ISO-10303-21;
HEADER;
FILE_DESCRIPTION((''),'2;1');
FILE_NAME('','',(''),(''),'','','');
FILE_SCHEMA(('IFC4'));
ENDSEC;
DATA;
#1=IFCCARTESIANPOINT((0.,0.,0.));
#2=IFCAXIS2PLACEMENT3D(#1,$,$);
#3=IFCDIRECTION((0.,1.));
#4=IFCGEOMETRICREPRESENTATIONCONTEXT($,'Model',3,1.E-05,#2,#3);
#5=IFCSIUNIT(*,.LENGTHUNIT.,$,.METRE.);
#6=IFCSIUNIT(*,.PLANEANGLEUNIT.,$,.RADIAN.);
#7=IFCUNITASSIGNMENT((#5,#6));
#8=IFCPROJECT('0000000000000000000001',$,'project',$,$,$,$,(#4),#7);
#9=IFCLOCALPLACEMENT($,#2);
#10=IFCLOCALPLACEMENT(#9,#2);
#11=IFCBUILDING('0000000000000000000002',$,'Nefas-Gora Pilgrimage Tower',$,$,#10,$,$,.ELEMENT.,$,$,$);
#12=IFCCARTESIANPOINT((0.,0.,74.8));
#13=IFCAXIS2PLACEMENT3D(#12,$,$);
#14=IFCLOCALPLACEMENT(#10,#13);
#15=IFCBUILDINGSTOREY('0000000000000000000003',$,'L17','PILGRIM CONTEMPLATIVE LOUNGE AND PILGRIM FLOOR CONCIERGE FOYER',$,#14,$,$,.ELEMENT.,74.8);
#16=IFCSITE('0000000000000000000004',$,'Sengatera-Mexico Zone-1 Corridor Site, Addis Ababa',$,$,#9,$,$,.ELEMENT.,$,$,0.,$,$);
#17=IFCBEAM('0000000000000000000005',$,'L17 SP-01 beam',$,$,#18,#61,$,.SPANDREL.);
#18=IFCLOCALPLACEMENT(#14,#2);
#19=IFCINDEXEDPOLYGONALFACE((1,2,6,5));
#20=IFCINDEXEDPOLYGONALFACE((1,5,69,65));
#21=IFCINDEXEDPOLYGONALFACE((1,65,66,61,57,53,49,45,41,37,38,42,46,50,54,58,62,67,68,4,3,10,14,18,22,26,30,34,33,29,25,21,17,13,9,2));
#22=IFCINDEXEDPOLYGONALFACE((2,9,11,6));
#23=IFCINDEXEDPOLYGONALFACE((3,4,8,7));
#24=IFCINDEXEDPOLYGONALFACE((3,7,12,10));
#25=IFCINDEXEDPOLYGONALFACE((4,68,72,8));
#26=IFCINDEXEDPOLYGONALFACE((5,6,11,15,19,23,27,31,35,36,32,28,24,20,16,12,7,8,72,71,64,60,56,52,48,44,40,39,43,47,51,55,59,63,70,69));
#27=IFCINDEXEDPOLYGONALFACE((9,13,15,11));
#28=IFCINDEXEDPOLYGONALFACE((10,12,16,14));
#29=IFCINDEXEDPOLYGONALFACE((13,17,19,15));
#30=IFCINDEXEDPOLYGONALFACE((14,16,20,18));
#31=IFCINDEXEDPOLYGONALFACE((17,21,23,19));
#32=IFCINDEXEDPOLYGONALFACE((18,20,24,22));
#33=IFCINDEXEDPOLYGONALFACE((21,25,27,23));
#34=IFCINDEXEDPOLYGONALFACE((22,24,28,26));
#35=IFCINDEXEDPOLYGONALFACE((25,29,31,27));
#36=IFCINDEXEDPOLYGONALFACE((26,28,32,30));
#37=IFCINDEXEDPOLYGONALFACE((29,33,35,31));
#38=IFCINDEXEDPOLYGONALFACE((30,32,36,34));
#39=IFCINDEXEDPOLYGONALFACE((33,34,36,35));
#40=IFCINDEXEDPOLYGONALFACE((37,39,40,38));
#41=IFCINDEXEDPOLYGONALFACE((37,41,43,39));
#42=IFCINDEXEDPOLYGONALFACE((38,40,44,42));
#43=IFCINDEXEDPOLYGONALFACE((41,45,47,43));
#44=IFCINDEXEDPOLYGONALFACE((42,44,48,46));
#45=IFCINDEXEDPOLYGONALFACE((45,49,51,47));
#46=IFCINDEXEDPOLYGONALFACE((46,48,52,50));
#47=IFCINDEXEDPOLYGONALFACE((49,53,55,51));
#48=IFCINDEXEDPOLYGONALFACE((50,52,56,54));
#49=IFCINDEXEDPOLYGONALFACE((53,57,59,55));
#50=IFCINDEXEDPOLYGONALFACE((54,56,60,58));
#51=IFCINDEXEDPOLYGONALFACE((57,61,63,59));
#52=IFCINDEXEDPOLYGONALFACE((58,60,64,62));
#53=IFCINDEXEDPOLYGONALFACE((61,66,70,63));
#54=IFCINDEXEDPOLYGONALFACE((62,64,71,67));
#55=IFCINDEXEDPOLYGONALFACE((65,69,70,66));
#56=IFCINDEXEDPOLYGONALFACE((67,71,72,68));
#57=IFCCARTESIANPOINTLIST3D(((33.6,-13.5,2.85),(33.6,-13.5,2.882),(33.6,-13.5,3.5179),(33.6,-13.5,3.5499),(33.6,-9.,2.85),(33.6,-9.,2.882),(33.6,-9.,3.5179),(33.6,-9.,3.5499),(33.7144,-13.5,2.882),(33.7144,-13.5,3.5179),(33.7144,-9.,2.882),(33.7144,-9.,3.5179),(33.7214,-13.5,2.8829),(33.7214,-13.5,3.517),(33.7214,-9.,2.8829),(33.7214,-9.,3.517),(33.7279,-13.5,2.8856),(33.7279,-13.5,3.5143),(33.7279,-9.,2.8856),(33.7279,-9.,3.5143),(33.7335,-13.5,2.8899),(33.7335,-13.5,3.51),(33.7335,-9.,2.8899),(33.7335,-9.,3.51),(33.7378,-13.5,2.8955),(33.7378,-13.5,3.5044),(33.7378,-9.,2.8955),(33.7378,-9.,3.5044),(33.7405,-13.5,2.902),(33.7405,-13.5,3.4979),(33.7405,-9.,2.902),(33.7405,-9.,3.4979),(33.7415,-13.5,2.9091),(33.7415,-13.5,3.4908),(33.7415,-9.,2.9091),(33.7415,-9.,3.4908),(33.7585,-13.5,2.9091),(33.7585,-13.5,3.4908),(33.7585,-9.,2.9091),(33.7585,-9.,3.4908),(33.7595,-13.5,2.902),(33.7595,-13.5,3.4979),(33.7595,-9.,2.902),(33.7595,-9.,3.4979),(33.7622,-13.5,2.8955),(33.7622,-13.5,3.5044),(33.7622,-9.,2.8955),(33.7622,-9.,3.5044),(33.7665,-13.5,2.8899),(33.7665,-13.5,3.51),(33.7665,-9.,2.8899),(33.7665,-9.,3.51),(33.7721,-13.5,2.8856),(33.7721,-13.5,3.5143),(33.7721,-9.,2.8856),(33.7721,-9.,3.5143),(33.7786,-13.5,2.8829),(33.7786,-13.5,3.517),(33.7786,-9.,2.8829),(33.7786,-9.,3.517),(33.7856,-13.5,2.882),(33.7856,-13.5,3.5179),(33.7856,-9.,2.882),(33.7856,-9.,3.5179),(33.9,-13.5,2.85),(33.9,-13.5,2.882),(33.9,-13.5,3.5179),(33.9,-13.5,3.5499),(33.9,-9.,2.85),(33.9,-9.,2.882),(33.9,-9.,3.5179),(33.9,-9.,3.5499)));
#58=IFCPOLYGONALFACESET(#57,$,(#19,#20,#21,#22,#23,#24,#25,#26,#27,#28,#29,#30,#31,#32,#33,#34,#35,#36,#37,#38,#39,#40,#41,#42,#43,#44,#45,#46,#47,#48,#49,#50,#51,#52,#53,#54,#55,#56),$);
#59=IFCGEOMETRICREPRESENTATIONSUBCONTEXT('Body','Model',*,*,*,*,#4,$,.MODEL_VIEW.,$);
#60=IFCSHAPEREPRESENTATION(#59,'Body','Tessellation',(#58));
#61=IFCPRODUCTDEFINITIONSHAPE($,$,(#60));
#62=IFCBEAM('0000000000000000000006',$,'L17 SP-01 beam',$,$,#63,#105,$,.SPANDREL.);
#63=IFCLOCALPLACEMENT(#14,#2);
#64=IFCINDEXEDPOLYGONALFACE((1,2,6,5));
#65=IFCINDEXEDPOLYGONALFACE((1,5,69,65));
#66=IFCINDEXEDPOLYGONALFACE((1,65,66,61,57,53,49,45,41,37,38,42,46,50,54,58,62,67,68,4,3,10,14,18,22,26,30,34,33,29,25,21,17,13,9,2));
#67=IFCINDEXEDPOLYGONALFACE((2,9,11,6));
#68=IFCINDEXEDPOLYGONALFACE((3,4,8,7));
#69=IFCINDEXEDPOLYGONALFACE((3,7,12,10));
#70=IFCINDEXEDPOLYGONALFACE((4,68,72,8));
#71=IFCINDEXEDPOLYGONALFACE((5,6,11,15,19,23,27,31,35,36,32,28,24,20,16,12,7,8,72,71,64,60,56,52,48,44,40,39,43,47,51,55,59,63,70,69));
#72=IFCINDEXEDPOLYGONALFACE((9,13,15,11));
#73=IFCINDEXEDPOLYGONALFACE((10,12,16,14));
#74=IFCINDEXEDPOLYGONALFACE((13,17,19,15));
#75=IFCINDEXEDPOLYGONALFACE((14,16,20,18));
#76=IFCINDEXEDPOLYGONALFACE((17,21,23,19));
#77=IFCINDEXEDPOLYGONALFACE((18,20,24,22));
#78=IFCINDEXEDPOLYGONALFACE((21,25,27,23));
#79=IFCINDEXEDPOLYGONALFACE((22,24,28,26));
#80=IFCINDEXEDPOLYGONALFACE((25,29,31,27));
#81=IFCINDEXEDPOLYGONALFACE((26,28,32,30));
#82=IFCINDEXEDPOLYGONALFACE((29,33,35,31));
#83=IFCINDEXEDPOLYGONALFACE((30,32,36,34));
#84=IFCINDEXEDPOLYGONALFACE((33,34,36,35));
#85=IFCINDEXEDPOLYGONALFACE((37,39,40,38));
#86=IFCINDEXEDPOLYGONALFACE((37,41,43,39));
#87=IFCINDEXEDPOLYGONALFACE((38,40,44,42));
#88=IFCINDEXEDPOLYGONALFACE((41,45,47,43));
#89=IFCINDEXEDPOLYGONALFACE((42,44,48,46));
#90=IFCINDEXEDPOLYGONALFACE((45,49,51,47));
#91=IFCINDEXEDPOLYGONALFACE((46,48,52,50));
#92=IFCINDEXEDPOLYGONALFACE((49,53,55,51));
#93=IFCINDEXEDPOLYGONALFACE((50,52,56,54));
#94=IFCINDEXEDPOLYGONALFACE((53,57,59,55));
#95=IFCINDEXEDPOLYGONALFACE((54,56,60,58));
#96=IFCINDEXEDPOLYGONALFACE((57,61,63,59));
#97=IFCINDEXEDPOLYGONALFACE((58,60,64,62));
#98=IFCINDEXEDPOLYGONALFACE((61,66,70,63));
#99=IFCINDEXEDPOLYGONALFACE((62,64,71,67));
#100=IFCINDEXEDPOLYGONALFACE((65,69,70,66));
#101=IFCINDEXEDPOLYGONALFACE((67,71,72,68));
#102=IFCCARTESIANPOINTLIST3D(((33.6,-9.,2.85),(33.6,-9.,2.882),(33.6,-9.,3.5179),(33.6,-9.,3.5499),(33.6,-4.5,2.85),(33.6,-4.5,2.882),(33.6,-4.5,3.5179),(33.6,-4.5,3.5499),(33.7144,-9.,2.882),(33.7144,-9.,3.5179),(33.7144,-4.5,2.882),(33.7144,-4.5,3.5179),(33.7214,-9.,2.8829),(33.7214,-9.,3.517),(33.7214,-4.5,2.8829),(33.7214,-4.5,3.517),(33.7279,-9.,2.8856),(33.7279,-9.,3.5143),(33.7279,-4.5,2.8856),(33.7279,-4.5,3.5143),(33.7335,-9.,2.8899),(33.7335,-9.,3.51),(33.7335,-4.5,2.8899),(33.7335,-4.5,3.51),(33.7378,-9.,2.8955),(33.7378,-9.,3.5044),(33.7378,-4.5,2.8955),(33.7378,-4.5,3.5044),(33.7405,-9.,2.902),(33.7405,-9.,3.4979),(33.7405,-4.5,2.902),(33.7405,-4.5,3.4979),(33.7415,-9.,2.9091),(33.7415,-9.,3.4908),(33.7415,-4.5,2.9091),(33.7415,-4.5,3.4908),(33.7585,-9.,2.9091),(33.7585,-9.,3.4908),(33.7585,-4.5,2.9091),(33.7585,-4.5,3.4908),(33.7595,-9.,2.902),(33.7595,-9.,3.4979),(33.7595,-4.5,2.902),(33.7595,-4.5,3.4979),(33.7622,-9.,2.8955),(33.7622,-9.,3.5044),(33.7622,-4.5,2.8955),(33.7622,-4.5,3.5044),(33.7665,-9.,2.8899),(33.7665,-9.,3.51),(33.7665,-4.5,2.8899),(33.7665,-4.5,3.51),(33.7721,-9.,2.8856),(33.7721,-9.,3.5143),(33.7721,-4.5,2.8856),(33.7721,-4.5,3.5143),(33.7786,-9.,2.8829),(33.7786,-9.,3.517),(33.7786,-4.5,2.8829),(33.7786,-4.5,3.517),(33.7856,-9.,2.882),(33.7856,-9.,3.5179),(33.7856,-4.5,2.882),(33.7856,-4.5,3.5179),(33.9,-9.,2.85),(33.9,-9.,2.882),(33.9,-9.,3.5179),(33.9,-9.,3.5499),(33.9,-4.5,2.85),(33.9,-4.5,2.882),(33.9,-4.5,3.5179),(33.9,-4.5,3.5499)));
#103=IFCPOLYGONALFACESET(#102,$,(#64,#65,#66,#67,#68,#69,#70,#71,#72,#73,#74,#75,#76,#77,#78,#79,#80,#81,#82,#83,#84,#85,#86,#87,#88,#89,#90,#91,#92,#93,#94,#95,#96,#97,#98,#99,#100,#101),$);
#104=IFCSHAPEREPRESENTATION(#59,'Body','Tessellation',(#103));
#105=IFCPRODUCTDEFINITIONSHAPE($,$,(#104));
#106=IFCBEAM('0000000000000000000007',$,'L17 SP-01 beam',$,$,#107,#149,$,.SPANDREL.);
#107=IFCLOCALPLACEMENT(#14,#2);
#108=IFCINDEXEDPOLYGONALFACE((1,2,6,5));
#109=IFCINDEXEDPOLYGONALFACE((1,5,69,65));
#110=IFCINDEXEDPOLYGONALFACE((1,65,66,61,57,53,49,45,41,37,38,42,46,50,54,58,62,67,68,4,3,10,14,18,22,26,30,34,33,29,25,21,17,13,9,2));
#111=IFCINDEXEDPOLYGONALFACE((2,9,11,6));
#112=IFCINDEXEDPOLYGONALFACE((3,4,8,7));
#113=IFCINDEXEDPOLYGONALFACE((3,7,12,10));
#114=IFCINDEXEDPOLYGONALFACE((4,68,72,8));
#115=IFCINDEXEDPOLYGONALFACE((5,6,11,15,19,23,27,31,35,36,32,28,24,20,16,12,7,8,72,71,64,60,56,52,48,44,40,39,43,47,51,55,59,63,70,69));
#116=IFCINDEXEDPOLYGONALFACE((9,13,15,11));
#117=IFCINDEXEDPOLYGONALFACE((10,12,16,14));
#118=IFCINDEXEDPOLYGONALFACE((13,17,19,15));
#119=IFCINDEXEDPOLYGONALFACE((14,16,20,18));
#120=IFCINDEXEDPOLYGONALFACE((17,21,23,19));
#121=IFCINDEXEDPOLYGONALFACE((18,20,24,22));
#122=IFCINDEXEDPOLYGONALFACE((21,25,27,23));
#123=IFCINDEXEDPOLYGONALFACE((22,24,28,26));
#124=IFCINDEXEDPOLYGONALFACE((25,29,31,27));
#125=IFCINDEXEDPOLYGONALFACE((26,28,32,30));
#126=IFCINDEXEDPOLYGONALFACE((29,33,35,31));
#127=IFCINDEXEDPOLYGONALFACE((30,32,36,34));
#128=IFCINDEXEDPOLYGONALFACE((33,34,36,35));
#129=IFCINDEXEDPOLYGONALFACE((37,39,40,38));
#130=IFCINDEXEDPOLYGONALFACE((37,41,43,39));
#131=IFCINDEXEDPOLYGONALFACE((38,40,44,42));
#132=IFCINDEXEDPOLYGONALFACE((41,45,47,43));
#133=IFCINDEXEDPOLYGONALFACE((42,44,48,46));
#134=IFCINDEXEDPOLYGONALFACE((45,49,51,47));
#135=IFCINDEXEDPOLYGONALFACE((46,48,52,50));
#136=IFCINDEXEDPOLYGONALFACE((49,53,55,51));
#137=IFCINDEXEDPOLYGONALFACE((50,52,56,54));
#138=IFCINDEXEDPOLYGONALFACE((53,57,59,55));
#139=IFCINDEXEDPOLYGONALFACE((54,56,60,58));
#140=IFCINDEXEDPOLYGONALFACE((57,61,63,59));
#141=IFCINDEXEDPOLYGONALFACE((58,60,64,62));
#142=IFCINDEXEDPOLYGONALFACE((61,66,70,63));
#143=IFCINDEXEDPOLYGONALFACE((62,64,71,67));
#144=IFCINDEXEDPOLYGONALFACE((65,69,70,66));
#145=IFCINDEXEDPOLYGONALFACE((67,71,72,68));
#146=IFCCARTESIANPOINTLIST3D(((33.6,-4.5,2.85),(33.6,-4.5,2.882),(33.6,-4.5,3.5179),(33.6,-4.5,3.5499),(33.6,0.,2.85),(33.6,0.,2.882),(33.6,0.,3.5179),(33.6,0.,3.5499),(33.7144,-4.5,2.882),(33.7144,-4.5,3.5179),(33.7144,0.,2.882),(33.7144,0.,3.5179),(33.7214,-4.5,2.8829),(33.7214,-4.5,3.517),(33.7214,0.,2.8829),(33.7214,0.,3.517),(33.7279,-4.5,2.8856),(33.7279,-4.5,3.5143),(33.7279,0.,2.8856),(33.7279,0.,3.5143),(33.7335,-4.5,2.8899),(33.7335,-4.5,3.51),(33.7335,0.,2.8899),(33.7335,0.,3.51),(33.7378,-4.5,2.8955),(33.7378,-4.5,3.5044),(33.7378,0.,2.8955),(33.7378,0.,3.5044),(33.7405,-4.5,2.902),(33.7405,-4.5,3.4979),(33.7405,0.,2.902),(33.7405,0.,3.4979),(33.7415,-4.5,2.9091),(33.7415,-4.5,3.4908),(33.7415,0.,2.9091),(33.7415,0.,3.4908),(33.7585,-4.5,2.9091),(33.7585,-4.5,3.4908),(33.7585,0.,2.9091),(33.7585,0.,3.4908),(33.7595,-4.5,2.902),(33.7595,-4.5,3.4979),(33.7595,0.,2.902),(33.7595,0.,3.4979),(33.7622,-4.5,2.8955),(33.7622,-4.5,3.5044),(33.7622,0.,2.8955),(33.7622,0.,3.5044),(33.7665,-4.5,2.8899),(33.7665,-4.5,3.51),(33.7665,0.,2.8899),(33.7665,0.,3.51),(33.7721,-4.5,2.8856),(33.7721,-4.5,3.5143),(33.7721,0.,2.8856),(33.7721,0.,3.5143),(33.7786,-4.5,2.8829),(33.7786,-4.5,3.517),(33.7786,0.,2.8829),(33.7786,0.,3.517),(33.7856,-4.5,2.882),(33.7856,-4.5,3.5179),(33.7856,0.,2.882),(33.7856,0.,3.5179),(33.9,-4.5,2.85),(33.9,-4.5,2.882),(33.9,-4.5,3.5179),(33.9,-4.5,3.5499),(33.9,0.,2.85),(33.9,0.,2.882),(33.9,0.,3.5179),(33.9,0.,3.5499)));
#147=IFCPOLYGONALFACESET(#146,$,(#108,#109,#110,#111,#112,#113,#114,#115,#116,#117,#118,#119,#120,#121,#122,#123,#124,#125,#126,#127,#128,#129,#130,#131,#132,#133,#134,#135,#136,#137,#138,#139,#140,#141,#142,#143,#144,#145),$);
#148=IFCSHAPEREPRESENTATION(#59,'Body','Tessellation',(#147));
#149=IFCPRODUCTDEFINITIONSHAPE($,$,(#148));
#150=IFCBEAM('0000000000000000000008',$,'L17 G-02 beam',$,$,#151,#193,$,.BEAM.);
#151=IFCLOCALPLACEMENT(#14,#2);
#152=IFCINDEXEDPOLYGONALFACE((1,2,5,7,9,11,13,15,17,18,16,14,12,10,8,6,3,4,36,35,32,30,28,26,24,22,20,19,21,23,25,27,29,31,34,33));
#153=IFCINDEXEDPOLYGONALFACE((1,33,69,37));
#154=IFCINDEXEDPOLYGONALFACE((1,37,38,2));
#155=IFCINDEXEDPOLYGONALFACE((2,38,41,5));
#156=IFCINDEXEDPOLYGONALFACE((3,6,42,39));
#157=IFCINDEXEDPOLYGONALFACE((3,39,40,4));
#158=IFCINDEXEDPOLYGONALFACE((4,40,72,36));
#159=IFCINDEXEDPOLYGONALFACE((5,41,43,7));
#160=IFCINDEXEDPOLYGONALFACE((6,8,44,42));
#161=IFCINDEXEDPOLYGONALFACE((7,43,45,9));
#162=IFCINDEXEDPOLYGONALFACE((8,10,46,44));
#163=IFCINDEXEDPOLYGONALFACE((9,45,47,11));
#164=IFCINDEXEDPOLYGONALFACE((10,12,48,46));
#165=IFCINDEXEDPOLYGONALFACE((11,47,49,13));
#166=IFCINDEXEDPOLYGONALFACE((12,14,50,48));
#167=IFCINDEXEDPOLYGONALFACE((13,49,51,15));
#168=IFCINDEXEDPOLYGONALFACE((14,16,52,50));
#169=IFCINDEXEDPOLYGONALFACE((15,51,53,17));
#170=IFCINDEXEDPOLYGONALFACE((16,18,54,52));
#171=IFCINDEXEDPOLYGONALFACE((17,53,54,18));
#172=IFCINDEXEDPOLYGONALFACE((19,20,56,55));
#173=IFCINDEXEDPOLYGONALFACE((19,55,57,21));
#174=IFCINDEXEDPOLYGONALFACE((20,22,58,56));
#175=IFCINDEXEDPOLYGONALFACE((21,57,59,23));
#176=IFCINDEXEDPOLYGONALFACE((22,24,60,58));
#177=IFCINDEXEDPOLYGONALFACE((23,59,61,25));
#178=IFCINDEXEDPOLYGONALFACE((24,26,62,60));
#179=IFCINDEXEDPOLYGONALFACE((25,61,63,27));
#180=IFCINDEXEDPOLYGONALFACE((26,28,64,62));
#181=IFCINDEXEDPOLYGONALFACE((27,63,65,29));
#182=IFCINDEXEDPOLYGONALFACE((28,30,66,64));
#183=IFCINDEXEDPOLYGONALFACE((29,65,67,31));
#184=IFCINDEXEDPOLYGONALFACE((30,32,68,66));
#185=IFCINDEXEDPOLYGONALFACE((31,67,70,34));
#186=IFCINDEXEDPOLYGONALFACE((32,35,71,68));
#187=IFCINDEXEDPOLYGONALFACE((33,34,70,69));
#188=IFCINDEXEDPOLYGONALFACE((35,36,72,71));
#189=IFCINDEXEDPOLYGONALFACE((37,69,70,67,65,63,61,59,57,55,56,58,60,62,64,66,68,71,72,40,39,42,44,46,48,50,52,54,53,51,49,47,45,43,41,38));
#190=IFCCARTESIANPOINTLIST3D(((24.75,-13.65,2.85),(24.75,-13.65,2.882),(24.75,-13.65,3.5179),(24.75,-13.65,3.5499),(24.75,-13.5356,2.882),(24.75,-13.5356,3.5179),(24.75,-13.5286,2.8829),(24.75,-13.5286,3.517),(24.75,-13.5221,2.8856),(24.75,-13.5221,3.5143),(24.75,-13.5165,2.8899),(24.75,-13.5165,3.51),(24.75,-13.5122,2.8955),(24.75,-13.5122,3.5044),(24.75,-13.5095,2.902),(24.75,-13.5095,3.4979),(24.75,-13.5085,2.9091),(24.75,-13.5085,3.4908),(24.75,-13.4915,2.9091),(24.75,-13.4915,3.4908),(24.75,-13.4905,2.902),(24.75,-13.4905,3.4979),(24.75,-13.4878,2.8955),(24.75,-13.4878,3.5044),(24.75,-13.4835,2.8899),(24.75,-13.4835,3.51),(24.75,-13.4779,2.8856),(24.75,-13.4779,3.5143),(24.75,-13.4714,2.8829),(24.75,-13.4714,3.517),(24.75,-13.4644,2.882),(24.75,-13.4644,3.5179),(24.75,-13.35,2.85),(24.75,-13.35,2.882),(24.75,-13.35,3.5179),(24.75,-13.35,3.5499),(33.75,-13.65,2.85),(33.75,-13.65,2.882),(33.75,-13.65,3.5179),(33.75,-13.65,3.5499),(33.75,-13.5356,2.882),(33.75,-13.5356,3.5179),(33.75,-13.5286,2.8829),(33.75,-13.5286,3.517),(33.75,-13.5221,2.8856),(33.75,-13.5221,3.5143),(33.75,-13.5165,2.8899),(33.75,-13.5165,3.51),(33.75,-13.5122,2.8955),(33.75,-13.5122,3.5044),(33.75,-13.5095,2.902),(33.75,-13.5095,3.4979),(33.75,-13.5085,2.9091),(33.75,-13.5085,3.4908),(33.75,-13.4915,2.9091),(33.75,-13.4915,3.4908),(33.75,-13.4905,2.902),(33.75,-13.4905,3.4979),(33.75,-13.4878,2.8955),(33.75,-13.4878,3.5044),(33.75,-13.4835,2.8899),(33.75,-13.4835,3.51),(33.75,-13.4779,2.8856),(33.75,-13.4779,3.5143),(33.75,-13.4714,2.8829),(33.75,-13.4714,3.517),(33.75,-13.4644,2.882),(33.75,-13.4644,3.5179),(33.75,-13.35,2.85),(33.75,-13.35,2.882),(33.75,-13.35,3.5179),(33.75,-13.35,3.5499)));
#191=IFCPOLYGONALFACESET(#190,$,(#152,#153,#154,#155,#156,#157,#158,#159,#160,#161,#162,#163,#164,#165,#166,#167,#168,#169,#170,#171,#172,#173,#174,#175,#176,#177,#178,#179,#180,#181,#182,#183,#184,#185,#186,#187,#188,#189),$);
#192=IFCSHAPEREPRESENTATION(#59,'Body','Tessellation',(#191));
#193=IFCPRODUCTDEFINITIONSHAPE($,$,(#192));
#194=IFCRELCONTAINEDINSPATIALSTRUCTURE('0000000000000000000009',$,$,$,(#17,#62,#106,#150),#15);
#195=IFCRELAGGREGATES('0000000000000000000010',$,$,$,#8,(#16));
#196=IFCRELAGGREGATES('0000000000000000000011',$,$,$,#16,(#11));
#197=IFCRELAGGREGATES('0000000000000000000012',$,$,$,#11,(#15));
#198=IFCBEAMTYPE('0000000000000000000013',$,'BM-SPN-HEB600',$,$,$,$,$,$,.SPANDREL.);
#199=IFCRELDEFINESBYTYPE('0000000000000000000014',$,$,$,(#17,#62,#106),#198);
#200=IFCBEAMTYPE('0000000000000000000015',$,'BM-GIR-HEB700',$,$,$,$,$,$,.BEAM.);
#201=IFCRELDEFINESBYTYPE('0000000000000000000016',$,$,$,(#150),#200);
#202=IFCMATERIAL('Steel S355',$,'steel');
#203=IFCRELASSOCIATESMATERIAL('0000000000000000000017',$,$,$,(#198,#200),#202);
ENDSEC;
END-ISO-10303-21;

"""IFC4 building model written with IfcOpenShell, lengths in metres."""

from ifc_helpers import new_model, si_unit, direction, frame, origin, origin_2d, place, context, subcontext, project, spatial, i_section, extrude, source, transform, mapped, material, material_profile, profile_set, type_object, element, save


model = new_model("IFC4")

# Units and contexts
model_context = context("Model", 3, precision=1e-05, world=origin(), true_north=direction((0.0, 1.0)))
body_context = subcontext(model_context, "Body", "Model", "MODEL_VIEW")
ifc_project = project(units=[si_unit("LENGTHUNIT", "METRE"), si_unit("PLANEANGLEUNIT", "RADIAN")], contexts=[model_context])

# Site, building, storey
site_placement = place(None, origin())
site = spatial("IfcSite", under=ifc_project, at=site_placement, Name="Sengatera-Mexico Zone-1 Corridor Site, Addis Ababa", CompositionType="ELEMENT", RefElevation=0.0)
building_placement = place(site_placement, origin())
building = spatial("IfcBuilding", under=site, at=building_placement, Name="Nefas-Gora Pilgrimage Tower", CompositionType="ELEMENT")
storey_placement = place(building_placement, frame((0.0, 0.0, 74.8)))
storey = spatial("IfcBuildingStorey", under=building, at=storey_placement, Name="L17", Description="PILGRIM CONTEMPLATIVE LOUNGE AND PILGRIM FLOOR CONCIERGE FOYER", CompositionType="ELEMENT", Elevation=74.8)

# Beams
ifc_material_1 = material(Name="Steel S355", Category="steel")
ifc_material_profile_1 = material_profile(ifc_material_1, i_section(OverallWidth=0.3, OverallDepth=0.7, WebThickness=0.0171, FlangeThickness=0.032, FilletRadius=0.0271, at=origin_2d()), Name="HEB 700")
ifc_profile_set_1 = profile_set([ifc_material_profile_1], Name="Steel S355")
beam_type_1 = type_object("IfcBeamType", Name="BM-SPN-HEB600", PredefinedType="SPANDREL", material=ifc_profile_set_1)
shared_shape_1 = source(origin(), body_context, "Body", "SweptSolid", [
    extrude(i_section(OverallWidth=0.3, OverallDepth=0.7, WebThickness=0.0171, FlangeThickness=0.032, FilletRadius=0.0271, at=origin_2d()), origin(), (0.0, 0.0, 1.0), 4.5),
])
for number, where, z_axis, x_axis, name in (
    (1, (33.75, -13.5, 3.2), (0.0, 1.0, 0.0), (-1.0, 0.0, 0.0), "L17 SP-01 beam"),
    (2, (33.75, -9.0, 3.2), (0.0, 1.0, 0.0), (-1.0, 0.0, 0.0), "L17 SP-01 beam"),
    (3, (33.75, -4.5, 3.2), (0.0, 1.0, 0.0), (-1.0, 0.0, 0.0), "L17 SP-01 beam"),
):
    element("IfcBeam", number, at=place(storey_placement, frame(where, z_axis=z_axis, x_axis=x_axis)), inside=storey, type_object=beam_type_1, Name=name, PredefinedType="SPANDREL", context=body_context, shape_type="MappedRepresentation", body=[
        mapped(shared_shape_1, transform((0.0, 0.0, 0.0), x_axis=(1.0, 0.0, 0.0), y_axis=(0.0, 1.0, 0.0), z_axis=(0.0, 0.0, 1.0), scale=1.0)),
    ])
ifc_material_profile_2 = material_profile(ifc_material_1, i_section(OverallWidth=0.3, OverallDepth=0.7, WebThickness=0.0171, FlangeThickness=0.032, FilletRadius=0.0271, at=origin_2d()), Name="HEB 700")
ifc_profile_set_2 = profile_set([ifc_material_profile_2], Name="Steel S355")
beam_type_2 = type_object("IfcBeamType", Name="BM-GIR-HEB700", PredefinedType="BEAM", material=ifc_profile_set_2)
shared_shape_2 = source(origin(), body_context, "Body", "SweptSolid", [
    extrude(i_section(OverallWidth=0.3, OverallDepth=0.7, WebThickness=0.0171, FlangeThickness=0.032, FilletRadius=0.0271, at=origin_2d()), origin(), (0.0, 0.0, 1.0), 9.0),
])
for number, where, z_axis, x_axis, name in (
    (4, (24.75, -13.5, 3.2), (1.0, 0.0, 0.0), (0.0, 1.0, 0.0), "L17 G-02 beam"),
):
    element("IfcBeam", number, at=place(storey_placement, frame(where, z_axis=z_axis, x_axis=x_axis)), inside=storey, type_object=beam_type_2, Name=name, PredefinedType="BEAM", context=body_context, shape_type="MappedRepresentation", body=[
        mapped(shared_shape_2, transform((0.0, 0.0, 0.0), x_axis=(1.0, 0.0, 0.0), y_axis=(0.0, 1.0, 0.0), z_axis=(0.0, 0.0, 1.0), scale=1.0)),
    ])

save(model, "model.ifc")
